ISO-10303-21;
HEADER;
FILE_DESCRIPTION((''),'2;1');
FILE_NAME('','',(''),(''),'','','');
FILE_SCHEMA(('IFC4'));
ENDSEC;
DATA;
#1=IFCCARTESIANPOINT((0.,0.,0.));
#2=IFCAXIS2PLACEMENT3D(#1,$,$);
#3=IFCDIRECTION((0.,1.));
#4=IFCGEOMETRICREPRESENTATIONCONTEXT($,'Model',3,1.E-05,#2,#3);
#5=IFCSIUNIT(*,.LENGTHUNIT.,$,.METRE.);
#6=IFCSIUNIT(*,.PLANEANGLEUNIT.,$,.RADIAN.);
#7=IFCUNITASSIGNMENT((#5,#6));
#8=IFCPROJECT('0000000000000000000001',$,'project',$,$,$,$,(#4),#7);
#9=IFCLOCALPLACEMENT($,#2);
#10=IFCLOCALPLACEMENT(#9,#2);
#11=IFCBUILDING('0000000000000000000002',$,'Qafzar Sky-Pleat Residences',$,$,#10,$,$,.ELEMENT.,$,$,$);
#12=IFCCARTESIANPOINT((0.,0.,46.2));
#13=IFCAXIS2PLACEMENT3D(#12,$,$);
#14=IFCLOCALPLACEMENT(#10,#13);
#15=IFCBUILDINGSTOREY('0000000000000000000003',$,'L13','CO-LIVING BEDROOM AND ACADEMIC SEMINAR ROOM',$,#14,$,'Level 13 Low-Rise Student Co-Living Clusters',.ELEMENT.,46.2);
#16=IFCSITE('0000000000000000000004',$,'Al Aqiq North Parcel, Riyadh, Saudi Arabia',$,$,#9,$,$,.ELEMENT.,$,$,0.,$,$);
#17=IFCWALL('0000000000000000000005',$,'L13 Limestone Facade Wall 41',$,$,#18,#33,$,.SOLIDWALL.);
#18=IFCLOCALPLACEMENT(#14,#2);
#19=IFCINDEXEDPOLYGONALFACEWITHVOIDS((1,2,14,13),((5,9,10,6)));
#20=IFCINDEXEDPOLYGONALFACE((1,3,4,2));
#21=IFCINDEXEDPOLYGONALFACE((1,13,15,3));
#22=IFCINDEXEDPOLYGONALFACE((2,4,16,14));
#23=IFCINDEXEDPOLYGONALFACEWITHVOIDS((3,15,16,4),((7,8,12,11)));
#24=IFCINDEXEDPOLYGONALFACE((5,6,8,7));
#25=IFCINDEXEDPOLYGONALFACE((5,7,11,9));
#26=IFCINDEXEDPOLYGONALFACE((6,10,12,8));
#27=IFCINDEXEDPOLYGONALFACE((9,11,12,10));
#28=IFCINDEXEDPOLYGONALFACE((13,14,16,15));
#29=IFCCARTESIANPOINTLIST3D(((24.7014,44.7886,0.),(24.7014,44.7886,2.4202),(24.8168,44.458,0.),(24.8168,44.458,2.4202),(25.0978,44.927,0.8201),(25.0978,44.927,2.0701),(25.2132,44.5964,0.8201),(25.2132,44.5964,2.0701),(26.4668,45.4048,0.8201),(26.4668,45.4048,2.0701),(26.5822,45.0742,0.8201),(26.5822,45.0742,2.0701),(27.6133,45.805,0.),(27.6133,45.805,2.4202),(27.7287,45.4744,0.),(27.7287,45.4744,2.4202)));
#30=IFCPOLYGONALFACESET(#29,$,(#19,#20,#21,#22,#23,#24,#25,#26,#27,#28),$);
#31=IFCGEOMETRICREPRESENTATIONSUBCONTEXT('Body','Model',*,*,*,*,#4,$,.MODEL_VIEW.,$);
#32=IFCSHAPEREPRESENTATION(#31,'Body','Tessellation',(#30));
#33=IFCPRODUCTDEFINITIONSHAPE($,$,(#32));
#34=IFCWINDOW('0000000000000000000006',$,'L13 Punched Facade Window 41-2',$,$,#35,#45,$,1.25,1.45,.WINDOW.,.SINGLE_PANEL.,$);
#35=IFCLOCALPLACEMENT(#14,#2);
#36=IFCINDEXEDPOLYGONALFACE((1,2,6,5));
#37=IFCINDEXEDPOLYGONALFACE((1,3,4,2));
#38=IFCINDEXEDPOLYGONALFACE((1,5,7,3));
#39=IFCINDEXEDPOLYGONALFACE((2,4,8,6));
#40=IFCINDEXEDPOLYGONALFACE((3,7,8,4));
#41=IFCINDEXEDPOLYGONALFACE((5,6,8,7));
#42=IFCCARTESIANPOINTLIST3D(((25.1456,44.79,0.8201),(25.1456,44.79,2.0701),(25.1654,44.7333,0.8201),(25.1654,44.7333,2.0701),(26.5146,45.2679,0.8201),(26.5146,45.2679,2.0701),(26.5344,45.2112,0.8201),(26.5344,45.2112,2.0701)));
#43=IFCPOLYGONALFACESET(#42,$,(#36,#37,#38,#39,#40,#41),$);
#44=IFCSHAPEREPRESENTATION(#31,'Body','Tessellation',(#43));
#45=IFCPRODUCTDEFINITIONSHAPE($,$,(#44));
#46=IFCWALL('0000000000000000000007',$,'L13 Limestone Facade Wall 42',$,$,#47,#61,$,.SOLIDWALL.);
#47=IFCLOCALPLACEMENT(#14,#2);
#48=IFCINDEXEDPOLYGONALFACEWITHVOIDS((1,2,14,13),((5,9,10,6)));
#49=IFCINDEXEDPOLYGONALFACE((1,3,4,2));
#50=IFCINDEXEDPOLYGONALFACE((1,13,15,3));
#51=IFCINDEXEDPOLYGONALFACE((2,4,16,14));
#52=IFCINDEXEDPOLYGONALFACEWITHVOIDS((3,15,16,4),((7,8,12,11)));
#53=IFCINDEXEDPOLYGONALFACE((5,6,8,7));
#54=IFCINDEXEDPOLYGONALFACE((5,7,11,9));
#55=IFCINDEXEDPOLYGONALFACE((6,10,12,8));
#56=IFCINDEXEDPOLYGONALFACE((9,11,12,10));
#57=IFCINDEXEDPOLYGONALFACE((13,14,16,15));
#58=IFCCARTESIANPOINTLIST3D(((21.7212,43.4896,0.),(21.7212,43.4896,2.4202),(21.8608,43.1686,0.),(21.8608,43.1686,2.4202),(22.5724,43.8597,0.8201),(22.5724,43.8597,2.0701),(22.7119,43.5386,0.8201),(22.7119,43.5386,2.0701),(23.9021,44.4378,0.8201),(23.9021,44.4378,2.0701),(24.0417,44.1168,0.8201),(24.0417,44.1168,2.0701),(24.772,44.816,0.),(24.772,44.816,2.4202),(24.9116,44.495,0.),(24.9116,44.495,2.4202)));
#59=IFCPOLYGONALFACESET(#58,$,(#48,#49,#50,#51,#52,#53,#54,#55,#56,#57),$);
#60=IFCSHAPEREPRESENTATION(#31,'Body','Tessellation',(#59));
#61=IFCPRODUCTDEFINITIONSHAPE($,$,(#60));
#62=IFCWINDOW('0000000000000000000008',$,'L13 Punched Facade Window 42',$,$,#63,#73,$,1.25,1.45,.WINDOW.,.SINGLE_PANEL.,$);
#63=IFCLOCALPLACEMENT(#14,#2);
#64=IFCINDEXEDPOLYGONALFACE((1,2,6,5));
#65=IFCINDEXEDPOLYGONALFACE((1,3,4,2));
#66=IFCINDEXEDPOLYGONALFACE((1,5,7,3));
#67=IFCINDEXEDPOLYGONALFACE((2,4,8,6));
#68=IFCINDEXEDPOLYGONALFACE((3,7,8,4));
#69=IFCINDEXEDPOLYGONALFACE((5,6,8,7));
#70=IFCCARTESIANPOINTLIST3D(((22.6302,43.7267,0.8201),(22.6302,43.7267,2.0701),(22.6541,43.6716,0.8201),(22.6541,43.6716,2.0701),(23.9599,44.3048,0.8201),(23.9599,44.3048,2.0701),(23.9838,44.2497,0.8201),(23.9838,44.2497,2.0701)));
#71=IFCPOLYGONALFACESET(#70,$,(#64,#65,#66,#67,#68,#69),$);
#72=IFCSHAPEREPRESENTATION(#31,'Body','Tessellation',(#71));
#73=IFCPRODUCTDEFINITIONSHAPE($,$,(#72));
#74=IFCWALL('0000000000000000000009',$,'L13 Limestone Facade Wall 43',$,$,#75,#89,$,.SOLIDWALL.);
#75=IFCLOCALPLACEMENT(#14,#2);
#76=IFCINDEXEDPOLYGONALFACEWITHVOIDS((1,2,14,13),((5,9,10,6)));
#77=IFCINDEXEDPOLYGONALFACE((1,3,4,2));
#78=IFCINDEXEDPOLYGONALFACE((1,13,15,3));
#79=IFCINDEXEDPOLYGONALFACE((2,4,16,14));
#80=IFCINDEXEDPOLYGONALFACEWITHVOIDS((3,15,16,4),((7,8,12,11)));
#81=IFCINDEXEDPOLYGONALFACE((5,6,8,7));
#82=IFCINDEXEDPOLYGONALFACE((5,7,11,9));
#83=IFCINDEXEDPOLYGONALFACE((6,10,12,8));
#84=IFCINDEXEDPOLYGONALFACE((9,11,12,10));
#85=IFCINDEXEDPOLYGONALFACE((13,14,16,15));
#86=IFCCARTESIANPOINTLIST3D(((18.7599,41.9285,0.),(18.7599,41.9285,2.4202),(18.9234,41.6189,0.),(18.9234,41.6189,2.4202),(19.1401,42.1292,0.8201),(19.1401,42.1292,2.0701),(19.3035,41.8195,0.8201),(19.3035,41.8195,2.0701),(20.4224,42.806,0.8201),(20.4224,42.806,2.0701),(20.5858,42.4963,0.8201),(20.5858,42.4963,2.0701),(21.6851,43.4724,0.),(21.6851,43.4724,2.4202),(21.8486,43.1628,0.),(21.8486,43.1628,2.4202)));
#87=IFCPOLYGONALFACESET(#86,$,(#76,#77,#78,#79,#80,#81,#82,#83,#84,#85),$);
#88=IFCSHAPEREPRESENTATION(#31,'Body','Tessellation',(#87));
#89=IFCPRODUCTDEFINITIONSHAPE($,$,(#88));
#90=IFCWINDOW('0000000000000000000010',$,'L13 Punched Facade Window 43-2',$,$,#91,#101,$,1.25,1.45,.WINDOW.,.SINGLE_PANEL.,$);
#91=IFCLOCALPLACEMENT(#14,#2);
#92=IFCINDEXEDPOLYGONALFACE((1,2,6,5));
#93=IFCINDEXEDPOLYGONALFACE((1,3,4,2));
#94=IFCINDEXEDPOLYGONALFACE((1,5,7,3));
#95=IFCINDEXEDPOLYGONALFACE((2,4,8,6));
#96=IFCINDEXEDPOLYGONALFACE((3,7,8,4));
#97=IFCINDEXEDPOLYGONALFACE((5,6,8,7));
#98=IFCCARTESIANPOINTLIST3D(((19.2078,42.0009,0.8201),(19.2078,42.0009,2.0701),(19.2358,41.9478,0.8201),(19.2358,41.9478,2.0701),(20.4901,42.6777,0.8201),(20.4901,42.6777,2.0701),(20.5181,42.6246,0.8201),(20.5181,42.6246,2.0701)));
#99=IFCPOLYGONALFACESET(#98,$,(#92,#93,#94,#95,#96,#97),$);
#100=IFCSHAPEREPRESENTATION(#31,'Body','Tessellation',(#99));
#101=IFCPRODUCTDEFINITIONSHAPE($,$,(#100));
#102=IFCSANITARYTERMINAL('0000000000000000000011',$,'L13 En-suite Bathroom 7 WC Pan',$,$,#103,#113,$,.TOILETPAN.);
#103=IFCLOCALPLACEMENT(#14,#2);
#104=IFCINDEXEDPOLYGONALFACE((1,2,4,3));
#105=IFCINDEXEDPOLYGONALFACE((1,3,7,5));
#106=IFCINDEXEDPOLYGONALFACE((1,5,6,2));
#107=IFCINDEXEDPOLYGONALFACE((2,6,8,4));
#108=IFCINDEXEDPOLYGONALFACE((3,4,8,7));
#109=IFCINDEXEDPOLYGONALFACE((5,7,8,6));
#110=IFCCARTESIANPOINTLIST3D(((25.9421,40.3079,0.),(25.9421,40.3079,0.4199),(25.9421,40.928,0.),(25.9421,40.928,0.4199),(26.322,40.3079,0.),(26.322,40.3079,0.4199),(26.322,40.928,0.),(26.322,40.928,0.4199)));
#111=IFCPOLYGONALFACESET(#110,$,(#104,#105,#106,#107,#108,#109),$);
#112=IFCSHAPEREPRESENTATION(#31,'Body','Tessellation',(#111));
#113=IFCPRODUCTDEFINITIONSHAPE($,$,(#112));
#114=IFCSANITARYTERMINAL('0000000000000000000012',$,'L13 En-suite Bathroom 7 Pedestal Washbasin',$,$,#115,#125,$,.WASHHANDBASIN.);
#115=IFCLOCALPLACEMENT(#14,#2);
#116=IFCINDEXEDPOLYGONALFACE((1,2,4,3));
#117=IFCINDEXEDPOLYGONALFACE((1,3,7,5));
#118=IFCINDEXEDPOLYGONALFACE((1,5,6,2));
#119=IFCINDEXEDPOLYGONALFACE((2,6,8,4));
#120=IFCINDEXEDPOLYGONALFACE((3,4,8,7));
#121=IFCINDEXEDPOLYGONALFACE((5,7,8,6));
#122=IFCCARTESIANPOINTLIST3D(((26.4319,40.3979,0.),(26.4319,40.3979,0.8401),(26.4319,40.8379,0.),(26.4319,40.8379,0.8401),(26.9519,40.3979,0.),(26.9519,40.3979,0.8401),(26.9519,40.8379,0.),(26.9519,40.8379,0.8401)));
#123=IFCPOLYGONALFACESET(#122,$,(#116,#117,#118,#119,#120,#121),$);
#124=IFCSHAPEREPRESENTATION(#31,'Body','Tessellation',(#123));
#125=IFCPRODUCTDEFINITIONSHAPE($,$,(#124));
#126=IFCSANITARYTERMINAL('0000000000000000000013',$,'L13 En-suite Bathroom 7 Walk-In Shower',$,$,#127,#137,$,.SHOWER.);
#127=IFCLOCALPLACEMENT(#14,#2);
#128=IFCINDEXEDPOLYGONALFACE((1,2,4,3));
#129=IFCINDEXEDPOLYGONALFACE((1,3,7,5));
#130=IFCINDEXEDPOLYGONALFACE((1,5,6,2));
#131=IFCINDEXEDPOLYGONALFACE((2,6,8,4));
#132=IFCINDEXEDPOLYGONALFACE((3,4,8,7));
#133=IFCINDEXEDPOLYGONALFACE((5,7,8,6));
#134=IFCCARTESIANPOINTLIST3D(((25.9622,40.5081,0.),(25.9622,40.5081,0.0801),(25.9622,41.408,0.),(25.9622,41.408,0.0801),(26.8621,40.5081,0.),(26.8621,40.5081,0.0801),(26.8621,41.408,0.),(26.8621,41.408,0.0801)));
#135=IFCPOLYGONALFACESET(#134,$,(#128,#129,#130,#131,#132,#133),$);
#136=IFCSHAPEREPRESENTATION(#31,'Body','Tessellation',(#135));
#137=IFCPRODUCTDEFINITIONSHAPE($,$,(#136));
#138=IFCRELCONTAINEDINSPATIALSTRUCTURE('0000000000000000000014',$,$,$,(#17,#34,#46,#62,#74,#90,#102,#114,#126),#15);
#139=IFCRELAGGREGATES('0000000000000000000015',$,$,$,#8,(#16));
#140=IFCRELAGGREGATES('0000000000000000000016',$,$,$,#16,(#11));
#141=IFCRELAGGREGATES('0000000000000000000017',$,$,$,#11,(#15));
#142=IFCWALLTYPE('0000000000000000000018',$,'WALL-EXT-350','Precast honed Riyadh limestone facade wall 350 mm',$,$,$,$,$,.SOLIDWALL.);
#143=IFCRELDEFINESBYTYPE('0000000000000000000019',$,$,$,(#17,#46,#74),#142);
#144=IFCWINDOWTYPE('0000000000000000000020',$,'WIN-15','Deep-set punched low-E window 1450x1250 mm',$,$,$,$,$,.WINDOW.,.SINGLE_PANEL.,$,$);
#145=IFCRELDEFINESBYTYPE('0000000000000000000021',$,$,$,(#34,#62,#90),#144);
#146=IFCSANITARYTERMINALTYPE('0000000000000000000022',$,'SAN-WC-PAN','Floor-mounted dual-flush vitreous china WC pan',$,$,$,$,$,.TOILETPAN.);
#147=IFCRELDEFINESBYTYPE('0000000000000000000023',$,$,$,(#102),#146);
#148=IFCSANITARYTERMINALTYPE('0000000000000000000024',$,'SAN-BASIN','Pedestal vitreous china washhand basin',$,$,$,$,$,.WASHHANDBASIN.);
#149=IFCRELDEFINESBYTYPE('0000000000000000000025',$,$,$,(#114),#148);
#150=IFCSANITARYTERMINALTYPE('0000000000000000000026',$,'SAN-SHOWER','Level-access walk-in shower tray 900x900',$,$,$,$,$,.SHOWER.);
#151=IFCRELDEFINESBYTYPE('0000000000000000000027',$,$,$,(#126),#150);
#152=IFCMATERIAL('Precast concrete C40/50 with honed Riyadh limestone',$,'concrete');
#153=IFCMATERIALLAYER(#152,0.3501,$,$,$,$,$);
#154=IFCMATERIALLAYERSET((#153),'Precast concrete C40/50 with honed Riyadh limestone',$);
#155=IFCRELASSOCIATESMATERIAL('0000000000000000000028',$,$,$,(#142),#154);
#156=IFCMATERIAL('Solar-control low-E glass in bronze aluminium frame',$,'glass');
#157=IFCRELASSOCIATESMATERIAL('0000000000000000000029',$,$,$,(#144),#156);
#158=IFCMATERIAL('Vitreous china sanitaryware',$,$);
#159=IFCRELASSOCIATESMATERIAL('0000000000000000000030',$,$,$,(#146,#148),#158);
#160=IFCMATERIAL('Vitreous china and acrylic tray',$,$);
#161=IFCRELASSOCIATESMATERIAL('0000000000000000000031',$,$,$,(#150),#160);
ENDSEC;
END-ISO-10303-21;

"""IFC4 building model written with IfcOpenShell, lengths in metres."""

from ifc_helpers import new_model, si_unit, direction, frame, frame_2d, origin, origin_2d, place, context, subcontext, project, spatial, rectangle, extrude, source, transform, mapped, material, layer, layer_set, type_object, element, fill, save


model = new_model("IFC4")

# Units and contexts
model_context = context("Model", 3, precision=1e-05, world=origin(), true_north=direction((0.0, 1.0)))
body_context = subcontext(model_context, "Body", "Model", "MODEL_VIEW")
ifc_project = project(units=[si_unit("LENGTHUNIT", "METRE"), si_unit("PLANEANGLEUNIT", "RADIAN")], contexts=[model_context])

# Site, building, storey
site_placement = place(None, origin())
site = spatial("IfcSite", under=ifc_project, at=site_placement, Name="Al Aqiq North Parcel, Riyadh, Saudi Arabia", CompositionType="ELEMENT", RefElevation=0.0)
building_placement = place(site_placement, origin())
building = spatial("IfcBuilding", under=site, at=building_placement, Name="Qafzar Sky-Pleat Residences", CompositionType="ELEMENT")
storey_placement = place(building_placement, frame((0.0, 0.0, 46.2)))
storey = spatial("IfcBuildingStorey", under=building, at=storey_placement, Name="L13", Description="CO-LIVING BEDROOM AND ACADEMIC SEMINAR ROOM", LongName="Level 13 Low-Rise Student Co-Living Clusters", CompositionType="ELEMENT", Elevation=46.2)

# Walls, openings, windows
ifc_material_1 = material(Name="Precast concrete C40/50 with honed Riyadh limestone", Category="concrete")
ifc_layer_1 = layer(ifc_material_1, 0.3501)
ifc_layer_set_1 = layer_set([ifc_layer_1], Name="Precast concrete C40/50 with honed Riyadh limestone")
wall_type_1 = type_object("IfcWallType", Name="WALL-EXT-350", Description="Precast honed Riyadh limestone facade wall 350 mm", PredefinedType="SOLIDWALL", material=ifc_layer_set_1)
wall_1_placement = place(storey_placement, frame((27.6709, 45.6396, 0.0), z_axis=(0.0, 0.0, 1.0), x_axis=(-0.944141, -0.329543, 0.0)))
wall_1 = element("IfcWall", 1, at=wall_1_placement, inside=storey, type_object=wall_type_1, Name="L13 Limestone Facade Wall 41", PredefinedType="SOLIDWALL", context=body_context, shape_type="SweptSolid", body=[
    extrude(rectangle(XDim=3.0842, YDim=0.3501, at=frame_2d((1.542, 0.0))), origin(), (0.0, 0.0, 1.0), 2.4202),
])
opening_1_placement = place(wall_1_placement, frame((1.2141, 0.0, 0.8201)))
opening_1 = element("IfcOpeningElement", 2, at=opening_1_placement, cuts=wall_1, PredefinedType="OPENING", context=body_context, shape_type="SweptSolid", body=[
    extrude(rectangle(XDim=1.45, YDim=1.25, at=frame_2d((0.7251, 0.625))), frame((0.0, 0.1851, 0.0), z_axis=(0.0, -1.0, 0.0), x_axis=(1.0, 0.0, 0.0)), (0.0, 0.0, 1.0), 0.3701),
])
ifc_material_2 = material(Name="Solar-control low-E glass in bronze aluminium frame", Category="glass")
window_type = type_object("IfcWindowType", Name="WIN-15", Description="Deep-set punched low-E window 1450x1250 mm", PartitioningType="SINGLE_PANEL", PredefinedType="WINDOW", material=ifc_material_2)
shared_shape_1 = source(origin(), body_context, "Body", "SweptSolid", [
    extrude(rectangle(XDim=1.45, YDim=1.25, at=frame_2d((0.7251, 0.625))), frame((0.0, 0.03, 0.0), z_axis=(0.0, -1.0, 0.0), x_axis=(1.0, 0.0, 0.0)), (0.0, 0.0, 1.0), 0.0601),
])
window_1_placement = place(opening_1_placement, origin())
window_1 = element("IfcWindow", 3, at=window_1_placement, inside=storey, type_object=window_type, Name="L13 Punched Facade Window 41-2", OverallHeight=1.25, OverallWidth=1.45, PartitioningType="SINGLE_PANEL", PredefinedType="WINDOW", context=body_context, shape_type="MappedRepresentation", body=[
    mapped(shared_shape_1, transform((0.0, 0.0, 0.0), x_axis=(1.0, 0.0, 0.0), y_axis=(0.0, 1.0, 0.0), z_axis=(0.0, 0.0, 1.0), scale=1.0)),
])
fill(opening_1, window_1)
wall_2_placement = place(storey_placement, frame((24.8418, 44.6555, 0.0), z_axis=(0.0, 0.0, 1.0), x_axis=(-0.917071, -0.398723, 0.0)))
wall_2 = element("IfcWall", 4, at=wall_2_placement, inside=storey, type_object=wall_type_1, Name="L13 Limestone Facade Wall 42", PredefinedType="SOLIDWALL", context=body_context, shape_type="SweptSolid", body=[
    extrude(rectangle(XDim=3.3267, YDim=0.3501, at=frame_2d((1.6633, 0.0))), origin(), (0.0, 0.0, 1.0), 2.4202),
])
opening_2_placement = place(wall_2_placement, frame((0.9485, 0.0, 0.8201)))
opening_2 = element("IfcOpeningElement", 5, at=opening_2_placement, cuts=wall_2, PredefinedType="OPENING", context=body_context, shape_type="SweptSolid", body=[
    extrude(rectangle(XDim=1.45, YDim=1.25, at=frame_2d((0.7251, 0.625))), frame((0.0, 0.1851, 0.0), z_axis=(0.0, -1.0, 0.0), x_axis=(1.0, 0.0, 0.0)), (0.0, 0.0, 1.0), 0.3701),
])
window_2_placement = place(opening_2_placement, origin())
window_2 = element("IfcWindow", 6, at=window_2_placement, inside=storey, type_object=window_type, Name="L13 Punched Facade Window 42", OverallHeight=1.25, OverallWidth=1.45, PartitioningType="SINGLE_PANEL", PredefinedType="WINDOW", context=body_context, shape_type="MappedRepresentation", body=[
    mapped(shared_shape_1, transform((0.0, 0.0, 0.0), x_axis=(1.0, 0.0, 0.0), y_axis=(0.0, 1.0, 0.0), z_axis=(0.0, 0.0, 1.0), scale=1.0)),
])
fill(opening_2, window_2)
wall_3_placement = place(storey_placement, frame((21.7668, 43.3176, 0.0), z_axis=(0.0, 0.0, 1.0), x_axis=(-0.88438, -0.466768, 0.0)))
wall_3 = element("IfcWall", 7, at=wall_3_placement, inside=storey, type_object=wall_type_1, Name="L13 Limestone Facade Wall 43", PredefinedType="SOLIDWALL", context=body_context, shape_type="SweptSolid", body=[
    extrude(rectangle(XDim=3.3076, YDim=0.3501, at=frame_2d((1.6538, 0.0))), origin(), (0.0, 0.0, 1.0), 2.4202),
])
opening_3_placement = place(wall_3_placement, frame((1.4277, 0.0, 0.8201)))
opening_3 = element("IfcOpeningElement", 8, at=opening_3_placement, cuts=wall_3, PredefinedType="OPENING", context=body_context, shape_type="SweptSolid", body=[
    extrude(rectangle(XDim=1.45, YDim=1.25, at=frame_2d((0.7251, 0.625))), frame((0.0, 0.1851, 0.0), z_axis=(0.0, -1.0, 0.0), x_axis=(1.0, 0.0, 0.0)), (0.0, 0.0, 1.0), 0.3701),
])
window_3_placement = place(opening_3_placement, origin())
window_3 = element("IfcWindow", 9, at=window_3_placement, inside=storey, type_object=window_type, Name="L13 Punched Facade Window 43-2", OverallHeight=1.25, OverallWidth=1.45, PartitioningType="SINGLE_PANEL", PredefinedType="WINDOW", context=body_context, shape_type="MappedRepresentation", body=[
    mapped(shared_shape_1, transform((0.0, 0.0, 0.0), x_axis=(1.0, 0.0, 0.0), y_axis=(0.0, 1.0, 0.0), z_axis=(0.0, 0.0, 1.0), scale=1.0)),
])
fill(opening_3, window_3)

# Sanitary terminals
ifc_material_3 = material(Name="Vitreous china sanitaryware")
sanitary_terminal_type_1 = type_object("IfcSanitaryTerminalType", Name="SAN-WC-PAN", Description="Floor-mounted dual-flush vitreous china WC pan", PredefinedType="TOILETPAN", material=ifc_material_3)
shared_shape_2 = source(origin(), body_context, "Body", "SweptSolid", [
    extrude(rectangle(XDim=0.3799, YDim=0.6201, at=origin_2d()), origin(), (0.0, 0.0, 1.0), 0.4199),
])
sanitary_terminal_1_placement = place(storey_placement, frame((26.1321, 40.6179, 0.0), z_axis=(0.0, 0.0, 1.0), x_axis=(1.0, 0.0, 0.0)))
element("IfcSanitaryTerminal", 10, at=sanitary_terminal_1_placement, inside=storey, type_object=sanitary_terminal_type_1, Name="L13 En-suite Bathroom 7 WC Pan", PredefinedType="TOILETPAN", context=body_context, shape_type="MappedRepresentation", body=[
    mapped(shared_shape_2, transform((0.0, 0.0, 0.0), x_axis=(1.0, 0.0, 0.0), y_axis=(0.0, 1.0, 0.0), z_axis=(0.0, 0.0, 1.0), scale=1.0)),
])
sanitary_terminal_type_2 = type_object("IfcSanitaryTerminalType", Name="SAN-BASIN", Description="Pedestal vitreous china washhand basin", PredefinedType="WASHHANDBASIN", material=ifc_material_3)
shared_shape_3 = source(origin(), body_context, "Body", "SweptSolid", [
    extrude(rectangle(XDim=0.52, YDim=0.4399, at=origin_2d()), origin(), (0.0, 0.0, 1.0), 0.8401),
])
sanitary_terminal_2_placement = place(storey_placement, frame((26.6919, 40.6179, 0.0), z_axis=(0.0, 0.0, 1.0), x_axis=(1.0, 0.0, 0.0)))
element("IfcSanitaryTerminal", 11, at=sanitary_terminal_2_placement, inside=storey, type_object=sanitary_terminal_type_2, Name="L13 En-suite Bathroom 7 Pedestal Washbasin", PredefinedType="WASHHANDBASIN", context=body_context, shape_type="MappedRepresentation", body=[
    mapped(shared_shape_3, transform((0.0, 0.0, 0.0), x_axis=(1.0, 0.0, 0.0), y_axis=(0.0, 1.0, 0.0), z_axis=(0.0, 0.0, 1.0), scale=1.0)),
])
ifc_material_4 = material(Name="Vitreous china and acrylic tray")
sanitary_terminal_type_3 = type_object("IfcSanitaryTerminalType", Name="SAN-SHOWER", Description="Level-access walk-in shower tray 900x900", PredefinedType="SHOWER", material=ifc_material_4)
shared_shape_4 = source(origin(), body_context, "Body", "SweptSolid", [
    extrude(rectangle(XDim=0.8999, YDim=0.8999, at=origin_2d()), origin(), (0.0, 0.0, 1.0), 0.0801),
])
sanitary_terminal_3_placement = place(storey_placement, frame((26.4121, 40.958, 0.0), z_axis=(0.0, 0.0, 1.0), x_axis=(1.0, 0.0, 0.0)))
element("IfcSanitaryTerminal", 12, at=sanitary_terminal_3_placement, inside=storey, type_object=sanitary_terminal_type_3, Name="L13 En-suite Bathroom 7 Walk-In Shower", PredefinedType="SHOWER", context=body_context, shape_type="MappedRepresentation", body=[
    mapped(shared_shape_4, transform((0.0, 0.0, 0.0), x_axis=(1.0, 0.0, 0.0), y_axis=(0.0, 1.0, 0.0), z_axis=(0.0, 0.0, 1.0), scale=1.0)),
])

save(model, "model.ifc")
